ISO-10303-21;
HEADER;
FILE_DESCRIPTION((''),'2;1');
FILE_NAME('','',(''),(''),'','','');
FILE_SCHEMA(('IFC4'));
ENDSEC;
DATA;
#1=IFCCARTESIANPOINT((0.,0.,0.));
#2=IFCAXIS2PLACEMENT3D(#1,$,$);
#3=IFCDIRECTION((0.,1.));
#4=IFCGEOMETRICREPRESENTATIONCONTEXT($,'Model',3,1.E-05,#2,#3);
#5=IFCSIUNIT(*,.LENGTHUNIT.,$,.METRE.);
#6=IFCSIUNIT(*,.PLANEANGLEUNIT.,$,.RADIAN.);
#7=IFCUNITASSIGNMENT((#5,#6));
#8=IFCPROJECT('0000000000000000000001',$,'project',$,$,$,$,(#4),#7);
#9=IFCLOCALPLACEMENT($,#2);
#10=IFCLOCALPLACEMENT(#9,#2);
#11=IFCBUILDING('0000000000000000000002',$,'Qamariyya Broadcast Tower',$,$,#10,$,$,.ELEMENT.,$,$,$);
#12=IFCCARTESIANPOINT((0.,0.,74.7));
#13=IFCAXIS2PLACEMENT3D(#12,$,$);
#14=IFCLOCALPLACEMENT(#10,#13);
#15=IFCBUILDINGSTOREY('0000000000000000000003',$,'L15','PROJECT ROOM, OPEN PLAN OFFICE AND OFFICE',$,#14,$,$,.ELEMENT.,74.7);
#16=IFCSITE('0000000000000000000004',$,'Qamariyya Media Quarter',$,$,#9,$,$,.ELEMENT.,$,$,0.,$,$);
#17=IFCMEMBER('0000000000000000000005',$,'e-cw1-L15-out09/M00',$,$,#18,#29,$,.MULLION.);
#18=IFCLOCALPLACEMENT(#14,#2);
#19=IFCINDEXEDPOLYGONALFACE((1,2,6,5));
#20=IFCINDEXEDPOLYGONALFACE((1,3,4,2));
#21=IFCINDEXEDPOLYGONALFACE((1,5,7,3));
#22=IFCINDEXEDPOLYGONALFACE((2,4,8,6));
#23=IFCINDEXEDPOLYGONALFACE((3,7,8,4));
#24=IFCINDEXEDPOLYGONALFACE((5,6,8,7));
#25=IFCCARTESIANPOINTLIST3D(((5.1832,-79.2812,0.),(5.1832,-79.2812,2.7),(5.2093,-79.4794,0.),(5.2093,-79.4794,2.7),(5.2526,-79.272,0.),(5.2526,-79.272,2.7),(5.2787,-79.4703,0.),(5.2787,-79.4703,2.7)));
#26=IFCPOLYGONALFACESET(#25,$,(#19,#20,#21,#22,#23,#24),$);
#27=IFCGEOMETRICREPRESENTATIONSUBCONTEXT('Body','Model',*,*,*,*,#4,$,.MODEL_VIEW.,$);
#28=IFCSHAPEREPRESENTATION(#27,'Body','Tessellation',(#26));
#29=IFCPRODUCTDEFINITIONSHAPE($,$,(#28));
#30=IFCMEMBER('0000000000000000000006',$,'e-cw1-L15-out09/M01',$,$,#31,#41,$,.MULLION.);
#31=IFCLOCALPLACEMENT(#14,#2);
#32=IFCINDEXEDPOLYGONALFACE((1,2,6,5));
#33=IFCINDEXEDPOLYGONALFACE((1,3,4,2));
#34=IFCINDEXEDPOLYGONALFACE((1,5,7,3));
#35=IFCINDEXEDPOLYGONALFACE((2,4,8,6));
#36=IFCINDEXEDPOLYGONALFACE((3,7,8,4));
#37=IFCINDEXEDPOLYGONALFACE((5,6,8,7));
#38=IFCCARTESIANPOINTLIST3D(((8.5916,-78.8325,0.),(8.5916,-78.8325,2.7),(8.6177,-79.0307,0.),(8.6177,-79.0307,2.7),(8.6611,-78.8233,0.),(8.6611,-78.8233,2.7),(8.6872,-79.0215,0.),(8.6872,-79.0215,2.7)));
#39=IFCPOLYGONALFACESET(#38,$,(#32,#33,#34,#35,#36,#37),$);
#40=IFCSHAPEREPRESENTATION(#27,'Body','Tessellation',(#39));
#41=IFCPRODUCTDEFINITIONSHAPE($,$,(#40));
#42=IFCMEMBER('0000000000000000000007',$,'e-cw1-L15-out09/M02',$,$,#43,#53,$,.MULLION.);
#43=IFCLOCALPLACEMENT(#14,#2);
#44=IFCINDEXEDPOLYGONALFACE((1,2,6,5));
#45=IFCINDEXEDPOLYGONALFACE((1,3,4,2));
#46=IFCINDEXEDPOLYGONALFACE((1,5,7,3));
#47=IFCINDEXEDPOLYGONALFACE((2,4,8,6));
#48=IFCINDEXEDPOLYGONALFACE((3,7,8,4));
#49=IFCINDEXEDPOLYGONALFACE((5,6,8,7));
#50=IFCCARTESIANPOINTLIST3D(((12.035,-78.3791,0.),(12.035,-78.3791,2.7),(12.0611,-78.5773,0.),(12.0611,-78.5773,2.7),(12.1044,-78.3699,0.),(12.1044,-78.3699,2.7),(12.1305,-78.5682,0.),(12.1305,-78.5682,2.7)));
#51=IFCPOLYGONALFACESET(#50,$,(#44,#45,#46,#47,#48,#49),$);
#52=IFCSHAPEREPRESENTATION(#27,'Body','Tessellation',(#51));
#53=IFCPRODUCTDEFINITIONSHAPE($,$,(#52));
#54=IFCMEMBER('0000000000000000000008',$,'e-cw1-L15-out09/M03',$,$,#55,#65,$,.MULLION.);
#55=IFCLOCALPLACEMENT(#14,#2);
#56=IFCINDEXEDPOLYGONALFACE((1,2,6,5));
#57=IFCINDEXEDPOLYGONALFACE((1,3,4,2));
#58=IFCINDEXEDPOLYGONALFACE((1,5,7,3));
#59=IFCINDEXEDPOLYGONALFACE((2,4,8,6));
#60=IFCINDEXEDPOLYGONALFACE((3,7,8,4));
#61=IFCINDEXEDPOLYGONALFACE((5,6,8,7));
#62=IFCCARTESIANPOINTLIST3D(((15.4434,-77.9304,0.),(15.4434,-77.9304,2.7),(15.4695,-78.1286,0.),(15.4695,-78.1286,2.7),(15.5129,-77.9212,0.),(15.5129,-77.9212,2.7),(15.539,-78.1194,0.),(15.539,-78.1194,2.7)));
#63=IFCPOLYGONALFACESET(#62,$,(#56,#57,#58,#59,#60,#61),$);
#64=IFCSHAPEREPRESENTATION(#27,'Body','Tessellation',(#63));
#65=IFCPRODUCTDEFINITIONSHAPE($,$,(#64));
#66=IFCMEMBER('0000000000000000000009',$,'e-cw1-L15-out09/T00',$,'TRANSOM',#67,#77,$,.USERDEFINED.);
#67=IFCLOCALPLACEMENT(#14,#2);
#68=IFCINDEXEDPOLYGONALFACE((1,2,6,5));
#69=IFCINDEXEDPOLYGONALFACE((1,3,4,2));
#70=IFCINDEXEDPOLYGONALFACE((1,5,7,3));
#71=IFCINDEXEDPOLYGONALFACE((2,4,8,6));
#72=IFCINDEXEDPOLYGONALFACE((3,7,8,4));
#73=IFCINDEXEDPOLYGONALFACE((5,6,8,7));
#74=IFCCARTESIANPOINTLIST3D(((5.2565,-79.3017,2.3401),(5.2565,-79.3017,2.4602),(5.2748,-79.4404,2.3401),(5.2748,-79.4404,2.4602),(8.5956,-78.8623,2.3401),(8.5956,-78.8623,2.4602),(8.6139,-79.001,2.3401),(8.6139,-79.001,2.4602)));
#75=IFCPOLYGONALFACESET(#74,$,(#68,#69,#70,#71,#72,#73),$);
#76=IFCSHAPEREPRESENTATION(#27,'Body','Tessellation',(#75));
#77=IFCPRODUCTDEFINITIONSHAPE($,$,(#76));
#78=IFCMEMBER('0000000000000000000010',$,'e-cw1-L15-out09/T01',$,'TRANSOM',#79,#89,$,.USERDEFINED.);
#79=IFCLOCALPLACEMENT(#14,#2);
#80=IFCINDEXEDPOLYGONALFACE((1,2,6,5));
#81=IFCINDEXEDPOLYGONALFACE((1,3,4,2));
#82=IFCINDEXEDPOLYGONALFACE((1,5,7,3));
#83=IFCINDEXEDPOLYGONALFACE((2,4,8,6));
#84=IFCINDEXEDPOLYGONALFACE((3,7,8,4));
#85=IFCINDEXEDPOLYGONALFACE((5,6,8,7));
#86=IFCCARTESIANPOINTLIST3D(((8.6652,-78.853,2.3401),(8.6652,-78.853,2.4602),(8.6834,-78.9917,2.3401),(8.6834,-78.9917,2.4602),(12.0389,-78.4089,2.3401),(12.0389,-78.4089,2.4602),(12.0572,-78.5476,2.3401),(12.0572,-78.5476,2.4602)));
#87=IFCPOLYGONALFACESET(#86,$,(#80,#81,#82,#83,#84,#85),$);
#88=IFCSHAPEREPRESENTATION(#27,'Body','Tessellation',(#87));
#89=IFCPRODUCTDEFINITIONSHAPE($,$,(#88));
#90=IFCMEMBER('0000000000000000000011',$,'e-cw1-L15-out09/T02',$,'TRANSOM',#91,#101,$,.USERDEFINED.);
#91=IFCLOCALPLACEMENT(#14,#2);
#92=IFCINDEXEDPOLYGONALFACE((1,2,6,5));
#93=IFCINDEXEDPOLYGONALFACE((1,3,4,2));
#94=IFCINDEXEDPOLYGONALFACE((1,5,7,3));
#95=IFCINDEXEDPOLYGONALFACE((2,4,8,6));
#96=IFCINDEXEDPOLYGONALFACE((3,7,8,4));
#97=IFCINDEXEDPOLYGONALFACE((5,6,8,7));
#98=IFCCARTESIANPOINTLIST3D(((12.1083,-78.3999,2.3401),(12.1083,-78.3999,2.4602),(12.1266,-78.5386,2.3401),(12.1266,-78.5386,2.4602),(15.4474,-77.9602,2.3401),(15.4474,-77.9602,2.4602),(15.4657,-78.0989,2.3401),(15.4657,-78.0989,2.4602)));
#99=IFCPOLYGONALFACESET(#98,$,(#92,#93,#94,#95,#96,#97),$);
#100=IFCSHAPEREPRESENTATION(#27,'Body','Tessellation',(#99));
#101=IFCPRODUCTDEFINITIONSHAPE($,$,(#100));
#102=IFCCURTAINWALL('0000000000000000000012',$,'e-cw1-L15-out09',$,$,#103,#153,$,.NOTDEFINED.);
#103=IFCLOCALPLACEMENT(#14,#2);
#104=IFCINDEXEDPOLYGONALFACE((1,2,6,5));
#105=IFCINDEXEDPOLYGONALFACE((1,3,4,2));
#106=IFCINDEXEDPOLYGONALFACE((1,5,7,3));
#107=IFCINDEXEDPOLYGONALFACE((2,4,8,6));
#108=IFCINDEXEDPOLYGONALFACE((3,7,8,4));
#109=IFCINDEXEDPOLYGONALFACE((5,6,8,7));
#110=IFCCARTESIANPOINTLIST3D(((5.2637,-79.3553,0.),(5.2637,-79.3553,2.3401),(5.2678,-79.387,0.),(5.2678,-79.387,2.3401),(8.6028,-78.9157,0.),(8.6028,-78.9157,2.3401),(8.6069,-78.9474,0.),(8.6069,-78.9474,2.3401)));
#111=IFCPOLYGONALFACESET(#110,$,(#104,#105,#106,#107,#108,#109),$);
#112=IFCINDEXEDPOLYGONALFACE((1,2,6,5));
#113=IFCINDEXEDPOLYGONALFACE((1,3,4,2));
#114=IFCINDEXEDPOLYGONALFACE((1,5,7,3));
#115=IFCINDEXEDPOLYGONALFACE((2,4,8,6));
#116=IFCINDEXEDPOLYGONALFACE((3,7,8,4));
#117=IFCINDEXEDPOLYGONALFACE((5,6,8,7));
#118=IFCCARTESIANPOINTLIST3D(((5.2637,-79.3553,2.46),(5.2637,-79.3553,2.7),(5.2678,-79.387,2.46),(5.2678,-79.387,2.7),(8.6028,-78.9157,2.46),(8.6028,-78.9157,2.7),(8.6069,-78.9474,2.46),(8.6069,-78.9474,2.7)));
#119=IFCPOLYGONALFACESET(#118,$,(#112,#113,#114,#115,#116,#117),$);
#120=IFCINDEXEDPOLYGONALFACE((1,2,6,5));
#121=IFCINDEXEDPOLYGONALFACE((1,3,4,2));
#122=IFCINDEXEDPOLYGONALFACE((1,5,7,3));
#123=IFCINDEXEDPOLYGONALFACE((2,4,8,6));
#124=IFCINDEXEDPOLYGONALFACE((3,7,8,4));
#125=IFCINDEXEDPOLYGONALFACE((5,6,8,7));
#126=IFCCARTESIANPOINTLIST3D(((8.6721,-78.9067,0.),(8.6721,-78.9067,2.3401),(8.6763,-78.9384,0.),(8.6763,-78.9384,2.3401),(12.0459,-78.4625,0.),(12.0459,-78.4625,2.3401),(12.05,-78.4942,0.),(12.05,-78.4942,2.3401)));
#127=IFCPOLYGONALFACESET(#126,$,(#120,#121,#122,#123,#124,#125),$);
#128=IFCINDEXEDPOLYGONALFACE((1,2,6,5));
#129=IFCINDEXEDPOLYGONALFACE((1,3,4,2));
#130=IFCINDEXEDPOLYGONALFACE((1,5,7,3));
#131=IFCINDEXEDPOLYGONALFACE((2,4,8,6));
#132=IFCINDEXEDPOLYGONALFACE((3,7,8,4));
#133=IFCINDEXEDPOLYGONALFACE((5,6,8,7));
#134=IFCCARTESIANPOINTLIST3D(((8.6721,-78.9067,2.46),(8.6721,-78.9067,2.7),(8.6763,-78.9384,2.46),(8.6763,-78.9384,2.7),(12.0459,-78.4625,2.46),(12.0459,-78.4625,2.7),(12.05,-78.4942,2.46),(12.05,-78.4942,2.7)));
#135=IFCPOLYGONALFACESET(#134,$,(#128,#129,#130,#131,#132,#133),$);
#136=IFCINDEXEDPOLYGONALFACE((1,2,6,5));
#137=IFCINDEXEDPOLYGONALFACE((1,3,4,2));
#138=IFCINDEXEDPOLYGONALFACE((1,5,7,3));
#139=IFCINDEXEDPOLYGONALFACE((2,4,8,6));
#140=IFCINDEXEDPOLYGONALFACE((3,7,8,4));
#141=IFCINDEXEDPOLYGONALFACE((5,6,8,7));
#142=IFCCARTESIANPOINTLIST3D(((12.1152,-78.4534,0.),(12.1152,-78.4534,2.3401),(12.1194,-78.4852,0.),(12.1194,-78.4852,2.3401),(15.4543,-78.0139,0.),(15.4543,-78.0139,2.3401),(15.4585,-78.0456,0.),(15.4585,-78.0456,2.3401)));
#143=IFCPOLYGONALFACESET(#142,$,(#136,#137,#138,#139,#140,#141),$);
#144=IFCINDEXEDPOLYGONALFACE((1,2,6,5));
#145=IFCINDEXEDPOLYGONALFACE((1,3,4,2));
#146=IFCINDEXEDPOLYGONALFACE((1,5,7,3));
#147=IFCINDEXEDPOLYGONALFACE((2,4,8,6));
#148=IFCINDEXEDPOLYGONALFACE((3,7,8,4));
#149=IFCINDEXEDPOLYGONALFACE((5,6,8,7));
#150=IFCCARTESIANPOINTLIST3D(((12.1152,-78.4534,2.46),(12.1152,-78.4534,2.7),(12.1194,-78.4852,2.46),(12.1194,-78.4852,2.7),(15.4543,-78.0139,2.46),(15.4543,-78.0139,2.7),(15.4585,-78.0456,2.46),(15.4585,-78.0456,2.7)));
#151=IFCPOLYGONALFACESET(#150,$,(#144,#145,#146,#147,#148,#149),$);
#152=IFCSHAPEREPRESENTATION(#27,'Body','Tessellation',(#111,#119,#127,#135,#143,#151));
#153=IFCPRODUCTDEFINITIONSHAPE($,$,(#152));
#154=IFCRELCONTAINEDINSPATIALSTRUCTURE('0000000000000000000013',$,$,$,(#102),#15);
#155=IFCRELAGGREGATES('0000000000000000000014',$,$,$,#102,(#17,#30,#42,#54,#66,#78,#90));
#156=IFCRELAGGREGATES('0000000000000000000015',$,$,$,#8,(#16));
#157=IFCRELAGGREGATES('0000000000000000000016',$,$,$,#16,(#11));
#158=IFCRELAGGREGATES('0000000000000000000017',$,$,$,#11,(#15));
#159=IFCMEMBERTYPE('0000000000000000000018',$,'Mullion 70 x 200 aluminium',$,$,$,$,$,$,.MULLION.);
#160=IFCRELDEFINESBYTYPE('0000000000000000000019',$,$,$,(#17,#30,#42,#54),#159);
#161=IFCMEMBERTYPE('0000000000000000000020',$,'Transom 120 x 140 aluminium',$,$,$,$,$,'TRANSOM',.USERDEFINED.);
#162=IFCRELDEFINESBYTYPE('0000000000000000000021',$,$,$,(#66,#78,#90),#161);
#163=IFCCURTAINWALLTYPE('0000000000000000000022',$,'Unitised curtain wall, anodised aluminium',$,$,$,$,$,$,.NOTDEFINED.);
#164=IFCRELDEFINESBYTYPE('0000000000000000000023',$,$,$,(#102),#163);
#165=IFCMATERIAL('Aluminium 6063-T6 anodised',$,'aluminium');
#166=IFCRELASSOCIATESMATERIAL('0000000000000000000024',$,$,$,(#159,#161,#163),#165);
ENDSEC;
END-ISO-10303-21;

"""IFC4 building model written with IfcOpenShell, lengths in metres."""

from ifc_helpers import new_model, si_unit, direction, frame, origin, origin_2d, place, context, subcontext, project, spatial, rectangle, extrude, material, material_profile, profile_set, type_object, element, aggregate, save


model = new_model("IFC4")

# Units and contexts
model_context = context("Model", 3, precision=1e-05, world=origin(), true_north=direction((0.0, 1.0)))
body_context = subcontext(model_context, "Body", "Model", "MODEL_VIEW")
ifc_project = project(units=[si_unit("LENGTHUNIT", "METRE"), si_unit("PLANEANGLEUNIT", "RADIAN")], contexts=[model_context])

# Members
ifc_material = material(Name="Aluminium 6063-T6 anodised", Category="aluminium")
ifc_material_profile_1 = material_profile(ifc_material, rectangle(XDim=0.2, YDim=0.0701, at=origin_2d()))
ifc_profile_set_1 = profile_set([ifc_material_profile_1], Name="Aluminium 6063-T6 anodised")
member_type_1 = type_object("IfcMemberType", Name="Mullion 70 x 200 aluminium", PredefinedType="MULLION", material=ifc_profile_set_1)
site_placement = place(None, origin())
building_placement = place(site_placement, origin())
storey_placement = place(building_placement, frame((0.0, 0.0, 74.7)))
member_1_placement = place(storey_placement, frame((5.231, -79.3757, 0.0), z_axis=(0.0, 0.0, 1.0), x_axis=(-0.130526, 0.991445, 0.0)))
member_1 = element("IfcMember", 1, at=member_1_placement, type_object=member_type_1, Name="e-cw1-L15-out09/M00", PredefinedType="MULLION", context=body_context, shape_type="SweptSolid", body=[
    extrude(rectangle(XDim=0.2, YDim=0.0701, at=origin_2d()), origin(), (0.0, 0.0, 1.0), 2.7),
])
member_2_placement = place(storey_placement, frame((8.6394, -78.927, 0.0), z_axis=(0.0, 0.0, 1.0), x_axis=(-0.130526, 0.991445, 0.0)))
member_2 = element("IfcMember", 2, at=member_2_placement, type_object=member_type_1, Name="e-cw1-L15-out09/M01", PredefinedType="MULLION", context=body_context, shape_type="SweptSolid", body=[
    extrude(rectangle(XDim=0.2, YDim=0.0701, at=origin_2d()), origin(), (0.0, 0.0, 1.0), 2.7),
])
member_3_placement = place(storey_placement, frame((12.0828, -78.4736, 0.0), z_axis=(0.0, 0.0, 1.0), x_axis=(-0.130526, 0.991445, 0.0)))
member_3 = element("IfcMember", 3, at=member_3_placement, type_object=member_type_1, Name="e-cw1-L15-out09/M02", PredefinedType="MULLION", context=body_context, shape_type="SweptSolid", body=[
    extrude(rectangle(XDim=0.2, YDim=0.0701, at=origin_2d()), origin(), (0.0, 0.0, 1.0), 2.7),
])
member_4_placement = place(storey_placement, frame((15.4912, -78.0249, 0.0), z_axis=(0.0, 0.0, 1.0), x_axis=(-0.130526, 0.991445, 0.0)))
member_4 = element("IfcMember", 4, at=member_4_placement, type_object=member_type_1, Name="e-cw1-L15-out09/M03", PredefinedType="MULLION", context=body_context, shape_type="SweptSolid", body=[
    extrude(rectangle(XDim=0.2, YDim=0.0701, at=origin_2d()), origin(), (0.0, 0.0, 1.0), 2.7),
])
ifc_material_profile_2 = material_profile(ifc_material, rectangle(XDim=0.1399, YDim=0.1201, at=origin_2d()))
ifc_profile_set_2 = profile_set([ifc_material_profile_2], Name="Aluminium 6063-T6 anodised")
member_type_2 = type_object("IfcMemberType", Name="Transom 120 x 140 aluminium", ElementType="TRANSOM", PredefinedType="USERDEFINED", material=ifc_profile_set_2)
member_5_placement = place(storey_placement, frame((5.2656, -79.3711, 2.4001), z_axis=(0.991451, 0.130483, 0.0), x_axis=(-0.130483, 0.991451, 0.0)))
member_5 = element("IfcMember", 5, at=member_5_placement, type_object=member_type_2, Name="e-cw1-L15-out09/T00", ObjectType="TRANSOM", PredefinedType="USERDEFINED", context=body_context, shape_type="SweptSolid", body=[
    extrude(rectangle(XDim=0.1399, YDim=0.1201, at=origin_2d()), origin(), (0.0, 0.0, 1.0), 3.3679),
])
member_6_placement = place(storey_placement, frame((8.6743, -78.9224, 2.4001), z_axis=(0.991448, 0.130505, 0.0), x_axis=(-0.130505, 0.991448, 0.0)))
member_6 = element("IfcMember", 6, at=member_6_placement, type_object=member_type_2, Name="e-cw1-L15-out09/T01", ObjectType="TRANSOM", PredefinedType="USERDEFINED", context=body_context, shape_type="SweptSolid", body=[
    extrude(rectangle(XDim=0.1399, YDim=0.1201, at=origin_2d()), origin(), (0.0, 0.0, 1.0), 3.4028),
])
member_7_placement = place(storey_placement, frame((12.1174, -78.4692, 2.4001), z_axis=(0.991441, 0.130554, 0.0), x_axis=(-0.130554, 0.991441, 0.0)))
member_7 = element("IfcMember", 7, at=member_7_placement, type_object=member_type_2, Name="e-cw1-L15-out09/T02", ObjectType="TRANSOM", PredefinedType="USERDEFINED", context=body_context, shape_type="SweptSolid", body=[
    extrude(rectangle(XDim=0.1399, YDim=0.1201, at=origin_2d()), origin(), (0.0, 0.0, 1.0), 3.3679),
])

# Site, building, storey
site = spatial("IfcSite", under=ifc_project, at=site_placement, Name="Qamariyya Media Quarter", CompositionType="ELEMENT", RefElevation=0.0)
building = spatial("IfcBuilding", under=site, at=building_placement, Name="Qamariyya Broadcast Tower", CompositionType="ELEMENT")
storey = spatial("IfcBuildingStorey", under=building, at=storey_placement, Name="L15", Description="PROJECT ROOM, OPEN PLAN OFFICE AND OFFICE", CompositionType="ELEMENT", Elevation=74.7)

# Curtain wall
curtain_wall_type = type_object("IfcCurtainWallType", Name="Unitised curtain wall, anodised aluminium", PredefinedType="NOTDEFINED", material=ifc_material)
curtain_wall_1_placement = place(storey_placement, origin())
curtain_wall_1 = element("IfcCurtainWall", 8, at=curtain_wall_1_placement, inside=storey, type_object=curtain_wall_type, Name="e-cw1-L15-out09", PredefinedType="NOTDEFINED", context=body_context, shape_type="SweptSolid", body=[
    extrude(rectangle(XDim=3.3679, YDim=0.032, at=origin_2d()), frame((6.9353, -79.1514, 0.0), x_axis=(0.991446, 0.130521, 0.0)), (0.0, 0.0, 1.0), 2.3401),
    extrude(rectangle(XDim=3.3679, YDim=0.032, at=origin_2d()), frame((6.9353, -79.1514, 2.46), x_axis=(0.991446, 0.130521, 0.0)), (0.0, 0.0, 1.0), 0.24),
    extrude(rectangle(XDim=3.4028, YDim=0.032, at=origin_2d()), frame((10.3611, -78.7004, 0.0), x_axis=(0.991446, 0.130521, 0.0)), (0.0, 0.0, 1.0), 2.3401),
    extrude(rectangle(XDim=3.4028, YDim=0.032, at=origin_2d()), frame((10.3611, -78.7004, 2.46), x_axis=(0.991446, 0.130521, 0.0)), (0.0, 0.0, 1.0), 0.24),
    extrude(rectangle(XDim=3.3679, YDim=0.032, at=origin_2d()), frame((13.7869, -78.2495, 0.0), x_axis=(0.991446, 0.130521, 0.0)), (0.0, 0.0, 1.0), 2.3401),
    extrude(rectangle(XDim=3.3679, YDim=0.032, at=origin_2d()), frame((13.7869, -78.2495, 2.46), x_axis=(0.991446, 0.130521, 0.0)), (0.0, 0.0, 1.0), 0.24),
])
aggregate(curtain_wall_1, [member_1, member_2, member_3, member_4, member_5, member_6, member_7])

save(model, "model.ifc")
